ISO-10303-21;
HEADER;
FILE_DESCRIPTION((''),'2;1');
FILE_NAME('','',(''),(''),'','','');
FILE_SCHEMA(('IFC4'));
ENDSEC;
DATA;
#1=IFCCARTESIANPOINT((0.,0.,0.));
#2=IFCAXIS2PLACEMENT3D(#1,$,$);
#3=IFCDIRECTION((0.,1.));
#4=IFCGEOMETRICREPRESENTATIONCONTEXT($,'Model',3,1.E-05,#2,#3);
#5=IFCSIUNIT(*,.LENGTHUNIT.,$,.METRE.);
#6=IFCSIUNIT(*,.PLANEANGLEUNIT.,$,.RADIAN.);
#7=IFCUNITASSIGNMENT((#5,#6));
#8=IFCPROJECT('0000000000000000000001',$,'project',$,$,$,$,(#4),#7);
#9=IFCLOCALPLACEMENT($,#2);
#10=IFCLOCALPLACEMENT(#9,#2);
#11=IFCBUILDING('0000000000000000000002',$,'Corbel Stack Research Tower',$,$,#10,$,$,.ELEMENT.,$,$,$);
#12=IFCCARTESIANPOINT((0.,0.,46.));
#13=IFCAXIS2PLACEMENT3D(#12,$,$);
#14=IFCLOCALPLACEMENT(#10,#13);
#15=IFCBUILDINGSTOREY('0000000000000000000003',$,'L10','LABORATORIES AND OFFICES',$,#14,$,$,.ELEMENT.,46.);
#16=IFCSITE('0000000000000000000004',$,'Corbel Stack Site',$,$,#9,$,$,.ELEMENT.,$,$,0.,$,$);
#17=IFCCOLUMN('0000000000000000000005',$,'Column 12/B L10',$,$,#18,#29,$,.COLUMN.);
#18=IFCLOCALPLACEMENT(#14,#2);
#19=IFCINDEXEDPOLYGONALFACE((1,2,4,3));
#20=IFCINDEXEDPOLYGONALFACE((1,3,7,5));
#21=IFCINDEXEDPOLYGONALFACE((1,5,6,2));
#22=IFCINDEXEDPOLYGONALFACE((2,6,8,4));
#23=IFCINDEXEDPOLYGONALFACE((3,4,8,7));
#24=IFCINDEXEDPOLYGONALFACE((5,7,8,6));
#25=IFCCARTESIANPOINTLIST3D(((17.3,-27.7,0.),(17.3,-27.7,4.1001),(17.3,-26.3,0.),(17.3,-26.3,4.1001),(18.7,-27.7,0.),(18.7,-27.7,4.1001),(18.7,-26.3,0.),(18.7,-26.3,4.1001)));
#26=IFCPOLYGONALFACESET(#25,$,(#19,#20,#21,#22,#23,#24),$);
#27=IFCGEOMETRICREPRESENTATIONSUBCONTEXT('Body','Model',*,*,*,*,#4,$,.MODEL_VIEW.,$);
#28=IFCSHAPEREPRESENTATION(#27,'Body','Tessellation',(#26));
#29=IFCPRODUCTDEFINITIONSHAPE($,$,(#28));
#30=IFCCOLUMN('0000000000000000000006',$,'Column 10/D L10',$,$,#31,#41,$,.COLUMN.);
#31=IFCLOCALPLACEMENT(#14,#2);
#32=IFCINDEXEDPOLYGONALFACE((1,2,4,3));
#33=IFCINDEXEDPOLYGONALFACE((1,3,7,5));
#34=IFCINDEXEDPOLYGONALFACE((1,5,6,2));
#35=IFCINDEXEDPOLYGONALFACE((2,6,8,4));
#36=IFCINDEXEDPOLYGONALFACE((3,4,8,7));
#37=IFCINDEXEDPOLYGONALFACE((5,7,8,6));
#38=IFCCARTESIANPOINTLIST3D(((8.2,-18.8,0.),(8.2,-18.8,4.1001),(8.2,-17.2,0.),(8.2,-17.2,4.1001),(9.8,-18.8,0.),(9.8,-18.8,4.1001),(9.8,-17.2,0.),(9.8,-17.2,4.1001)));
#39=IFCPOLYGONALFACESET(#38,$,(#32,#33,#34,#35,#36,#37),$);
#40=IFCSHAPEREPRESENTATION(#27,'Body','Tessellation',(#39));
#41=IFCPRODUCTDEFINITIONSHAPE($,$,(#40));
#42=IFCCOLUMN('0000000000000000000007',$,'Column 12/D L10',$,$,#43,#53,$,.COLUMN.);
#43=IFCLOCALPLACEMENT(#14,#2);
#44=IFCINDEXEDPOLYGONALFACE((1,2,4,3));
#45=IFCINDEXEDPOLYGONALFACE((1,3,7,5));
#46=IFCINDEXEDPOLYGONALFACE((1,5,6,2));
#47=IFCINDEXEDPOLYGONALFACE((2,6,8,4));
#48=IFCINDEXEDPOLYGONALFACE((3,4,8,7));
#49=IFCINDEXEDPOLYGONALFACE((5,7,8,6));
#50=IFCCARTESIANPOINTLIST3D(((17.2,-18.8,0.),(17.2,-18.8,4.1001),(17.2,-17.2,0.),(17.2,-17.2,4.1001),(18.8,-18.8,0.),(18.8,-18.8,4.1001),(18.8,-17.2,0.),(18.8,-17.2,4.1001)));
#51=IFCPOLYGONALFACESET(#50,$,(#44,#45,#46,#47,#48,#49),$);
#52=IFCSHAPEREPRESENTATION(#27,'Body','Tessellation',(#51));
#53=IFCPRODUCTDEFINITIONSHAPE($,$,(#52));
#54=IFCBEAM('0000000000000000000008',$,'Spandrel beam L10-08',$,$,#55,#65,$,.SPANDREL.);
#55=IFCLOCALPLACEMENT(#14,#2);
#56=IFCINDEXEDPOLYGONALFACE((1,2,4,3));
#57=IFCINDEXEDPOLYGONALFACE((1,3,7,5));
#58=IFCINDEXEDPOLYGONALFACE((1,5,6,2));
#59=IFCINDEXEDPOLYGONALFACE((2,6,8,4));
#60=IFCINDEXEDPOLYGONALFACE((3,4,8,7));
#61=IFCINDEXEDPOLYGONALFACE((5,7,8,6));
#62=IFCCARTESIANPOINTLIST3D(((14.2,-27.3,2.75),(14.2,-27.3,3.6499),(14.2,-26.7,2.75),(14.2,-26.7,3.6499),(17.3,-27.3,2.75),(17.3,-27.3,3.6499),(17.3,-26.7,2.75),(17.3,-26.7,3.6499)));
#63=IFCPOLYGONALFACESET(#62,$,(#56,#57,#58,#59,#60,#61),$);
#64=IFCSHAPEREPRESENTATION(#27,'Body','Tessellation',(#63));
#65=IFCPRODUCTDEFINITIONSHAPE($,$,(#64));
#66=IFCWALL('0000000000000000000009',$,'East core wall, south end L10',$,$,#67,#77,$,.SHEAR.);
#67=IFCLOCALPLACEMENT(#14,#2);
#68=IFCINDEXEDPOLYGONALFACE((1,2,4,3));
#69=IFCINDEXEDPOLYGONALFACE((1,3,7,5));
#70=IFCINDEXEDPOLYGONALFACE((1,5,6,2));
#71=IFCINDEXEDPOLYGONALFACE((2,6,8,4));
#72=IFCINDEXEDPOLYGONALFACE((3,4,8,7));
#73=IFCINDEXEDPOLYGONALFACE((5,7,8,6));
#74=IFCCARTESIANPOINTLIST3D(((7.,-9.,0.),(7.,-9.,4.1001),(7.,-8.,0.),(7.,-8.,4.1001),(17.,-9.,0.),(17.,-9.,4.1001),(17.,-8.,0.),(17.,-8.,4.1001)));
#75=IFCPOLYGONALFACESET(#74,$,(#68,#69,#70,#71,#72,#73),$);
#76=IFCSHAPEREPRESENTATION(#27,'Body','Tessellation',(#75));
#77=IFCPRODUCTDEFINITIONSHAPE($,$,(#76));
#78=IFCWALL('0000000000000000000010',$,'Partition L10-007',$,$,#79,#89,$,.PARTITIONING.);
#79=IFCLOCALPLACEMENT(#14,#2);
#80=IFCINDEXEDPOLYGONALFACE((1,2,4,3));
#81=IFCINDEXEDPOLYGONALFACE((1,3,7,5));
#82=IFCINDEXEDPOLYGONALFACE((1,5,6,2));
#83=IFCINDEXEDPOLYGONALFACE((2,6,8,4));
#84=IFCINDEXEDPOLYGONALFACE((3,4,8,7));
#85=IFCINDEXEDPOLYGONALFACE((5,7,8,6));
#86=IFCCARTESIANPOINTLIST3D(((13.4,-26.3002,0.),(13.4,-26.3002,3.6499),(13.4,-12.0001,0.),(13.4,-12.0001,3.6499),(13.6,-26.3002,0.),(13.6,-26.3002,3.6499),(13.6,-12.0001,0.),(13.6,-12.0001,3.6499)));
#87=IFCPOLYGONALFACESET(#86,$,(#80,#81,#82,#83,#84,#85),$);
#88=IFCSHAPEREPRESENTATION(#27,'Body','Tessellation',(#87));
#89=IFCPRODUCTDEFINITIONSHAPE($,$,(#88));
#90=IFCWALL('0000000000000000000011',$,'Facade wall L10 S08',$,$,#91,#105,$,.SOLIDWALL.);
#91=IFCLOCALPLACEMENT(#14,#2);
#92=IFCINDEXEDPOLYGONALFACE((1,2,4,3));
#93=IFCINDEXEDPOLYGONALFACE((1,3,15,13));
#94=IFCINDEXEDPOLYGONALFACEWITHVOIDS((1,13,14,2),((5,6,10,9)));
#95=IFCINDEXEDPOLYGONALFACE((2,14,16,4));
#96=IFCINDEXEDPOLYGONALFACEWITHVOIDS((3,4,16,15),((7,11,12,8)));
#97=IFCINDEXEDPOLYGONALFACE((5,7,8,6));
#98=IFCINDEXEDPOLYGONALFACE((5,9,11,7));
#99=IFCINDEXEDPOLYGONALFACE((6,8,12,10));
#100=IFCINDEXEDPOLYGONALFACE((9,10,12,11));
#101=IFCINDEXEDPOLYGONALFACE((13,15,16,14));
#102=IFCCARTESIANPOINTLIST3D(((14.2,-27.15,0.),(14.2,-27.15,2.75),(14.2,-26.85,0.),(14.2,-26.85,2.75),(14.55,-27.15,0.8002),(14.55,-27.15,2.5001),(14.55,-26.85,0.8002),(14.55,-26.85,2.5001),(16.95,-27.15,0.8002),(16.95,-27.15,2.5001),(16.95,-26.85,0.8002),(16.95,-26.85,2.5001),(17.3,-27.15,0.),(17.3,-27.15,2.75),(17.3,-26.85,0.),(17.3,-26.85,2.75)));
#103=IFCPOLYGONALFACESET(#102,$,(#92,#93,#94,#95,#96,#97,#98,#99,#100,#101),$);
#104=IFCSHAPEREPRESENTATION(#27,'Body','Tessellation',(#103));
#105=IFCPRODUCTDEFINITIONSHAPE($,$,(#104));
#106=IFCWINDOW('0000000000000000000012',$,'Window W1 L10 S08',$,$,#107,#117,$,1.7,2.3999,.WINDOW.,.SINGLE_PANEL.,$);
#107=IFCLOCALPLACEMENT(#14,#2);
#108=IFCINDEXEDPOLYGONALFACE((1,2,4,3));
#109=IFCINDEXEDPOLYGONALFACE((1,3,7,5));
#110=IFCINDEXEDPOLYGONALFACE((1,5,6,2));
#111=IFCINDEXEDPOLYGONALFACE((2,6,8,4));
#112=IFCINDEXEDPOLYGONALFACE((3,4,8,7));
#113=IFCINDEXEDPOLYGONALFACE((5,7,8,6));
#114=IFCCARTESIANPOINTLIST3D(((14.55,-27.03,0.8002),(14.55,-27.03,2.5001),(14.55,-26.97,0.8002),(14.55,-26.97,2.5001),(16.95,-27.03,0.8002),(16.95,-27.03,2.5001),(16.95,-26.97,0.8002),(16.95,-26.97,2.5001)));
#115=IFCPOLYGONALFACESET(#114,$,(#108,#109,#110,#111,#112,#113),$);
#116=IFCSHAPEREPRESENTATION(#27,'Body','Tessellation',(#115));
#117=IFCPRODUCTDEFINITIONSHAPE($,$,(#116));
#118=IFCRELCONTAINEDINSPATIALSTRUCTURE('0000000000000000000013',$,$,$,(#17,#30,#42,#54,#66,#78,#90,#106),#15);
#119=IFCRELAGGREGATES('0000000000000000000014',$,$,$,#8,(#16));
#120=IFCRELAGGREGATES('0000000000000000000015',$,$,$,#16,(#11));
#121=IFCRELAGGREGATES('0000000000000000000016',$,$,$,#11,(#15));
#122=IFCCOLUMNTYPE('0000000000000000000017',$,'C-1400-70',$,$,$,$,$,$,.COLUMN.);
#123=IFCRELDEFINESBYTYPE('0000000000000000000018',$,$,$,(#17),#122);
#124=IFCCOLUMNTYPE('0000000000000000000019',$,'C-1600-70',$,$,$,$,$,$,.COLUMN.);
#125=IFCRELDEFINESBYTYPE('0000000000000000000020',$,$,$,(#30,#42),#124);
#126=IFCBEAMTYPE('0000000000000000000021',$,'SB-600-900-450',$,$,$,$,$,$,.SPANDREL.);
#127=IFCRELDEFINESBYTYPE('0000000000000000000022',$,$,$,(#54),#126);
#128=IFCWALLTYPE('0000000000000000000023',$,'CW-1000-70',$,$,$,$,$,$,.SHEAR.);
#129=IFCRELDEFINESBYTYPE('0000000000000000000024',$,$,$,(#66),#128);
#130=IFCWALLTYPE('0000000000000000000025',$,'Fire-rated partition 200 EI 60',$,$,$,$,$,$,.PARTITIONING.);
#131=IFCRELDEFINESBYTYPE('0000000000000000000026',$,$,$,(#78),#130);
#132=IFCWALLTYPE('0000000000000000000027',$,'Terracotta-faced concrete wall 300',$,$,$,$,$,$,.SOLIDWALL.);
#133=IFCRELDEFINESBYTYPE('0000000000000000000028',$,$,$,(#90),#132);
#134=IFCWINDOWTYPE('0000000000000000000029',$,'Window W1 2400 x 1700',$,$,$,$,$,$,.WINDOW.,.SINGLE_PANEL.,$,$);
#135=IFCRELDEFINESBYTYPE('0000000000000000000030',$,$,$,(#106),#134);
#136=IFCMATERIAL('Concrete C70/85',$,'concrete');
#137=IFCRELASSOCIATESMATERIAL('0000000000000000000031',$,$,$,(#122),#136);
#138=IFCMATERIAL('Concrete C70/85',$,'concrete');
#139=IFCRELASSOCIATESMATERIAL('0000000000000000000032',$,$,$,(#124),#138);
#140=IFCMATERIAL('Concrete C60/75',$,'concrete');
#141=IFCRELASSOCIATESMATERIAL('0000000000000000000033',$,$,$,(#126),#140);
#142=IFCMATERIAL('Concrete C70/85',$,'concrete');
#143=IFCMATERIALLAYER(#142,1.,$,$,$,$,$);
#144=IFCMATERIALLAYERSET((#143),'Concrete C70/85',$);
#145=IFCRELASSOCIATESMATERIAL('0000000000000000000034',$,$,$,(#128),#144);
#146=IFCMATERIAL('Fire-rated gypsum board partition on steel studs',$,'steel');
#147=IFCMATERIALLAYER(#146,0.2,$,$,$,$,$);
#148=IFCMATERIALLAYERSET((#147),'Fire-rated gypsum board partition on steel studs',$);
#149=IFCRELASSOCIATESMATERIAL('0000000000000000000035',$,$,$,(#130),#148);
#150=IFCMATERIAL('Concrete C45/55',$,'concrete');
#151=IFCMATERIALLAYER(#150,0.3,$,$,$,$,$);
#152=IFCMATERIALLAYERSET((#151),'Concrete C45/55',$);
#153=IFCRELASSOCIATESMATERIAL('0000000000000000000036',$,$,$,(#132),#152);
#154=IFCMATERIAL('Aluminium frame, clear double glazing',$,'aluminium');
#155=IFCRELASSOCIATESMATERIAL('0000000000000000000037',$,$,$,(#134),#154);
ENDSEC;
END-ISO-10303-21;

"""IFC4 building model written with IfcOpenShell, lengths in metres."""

from ifc_helpers import new_model, si_unit, direction, frame, frame_2d, origin, origin_2d, place, context, subcontext, project, spatial, rectangle, extrude, material, layer, layer_set, material_profile, profile_set, type_object, element, fill, save


model = new_model("IFC4")

# Units and contexts
model_context = context("Model", 3, precision=1e-05, world=origin(), true_north=direction((0.0, 1.0)))
body_context = subcontext(model_context, "Body", "Model", "MODEL_VIEW")
ifc_project = project(units=[si_unit("LENGTHUNIT", "METRE"), si_unit("PLANEANGLEUNIT", "RADIAN")], contexts=[model_context])

# Site, building, storey
site_placement = place(None, origin())
site = spatial("IfcSite", under=ifc_project, at=site_placement, Name="Corbel Stack Site", CompositionType="ELEMENT", RefElevation=0.0)
building_placement = place(site_placement, origin())
building = spatial("IfcBuilding", under=site, at=building_placement, Name="Corbel Stack Research Tower", CompositionType="ELEMENT")
storey_placement = place(building_placement, frame((0.0, 0.0, 46.0)))
storey = spatial("IfcBuildingStorey", under=building, at=storey_placement, Name="L10", Description="LABORATORIES AND OFFICES", CompositionType="ELEMENT", Elevation=46.0)

# Columns
ifc_material_1 = material(Name="Concrete C70/85", Category="concrete")
ifc_material_profile_1 = material_profile(ifc_material_1, rectangle(XDim=1.3999, YDim=1.3999, at=origin_2d()), Name="RC 1400 x 1400")
ifc_profile_set_1 = profile_set([ifc_material_profile_1], Name="Concrete C70/85")
column_type_1 = type_object("IfcColumnType", Name="C-1400-70", PredefinedType="COLUMN", material=ifc_profile_set_1)
column_placement = place(storey_placement, frame((18.0, -27.0, 0.0), z_axis=(0.0, 0.0, 1.0), x_axis=(1.0, 0.0, 0.0)))
element("IfcColumn", 1, at=column_placement, inside=storey, type_object=column_type_1, Name="Column 12/B L10", PredefinedType="COLUMN", context=body_context, shape_type="SweptSolid", body=[
    extrude(rectangle(XDim=1.3999, YDim=1.3999, at=origin_2d()), origin(), (0.0, 0.0, 1.0), 4.1001),
])
ifc_material_2 = material(Name="Concrete C70/85", Category="concrete")
ifc_material_profile_2 = material_profile(ifc_material_2, rectangle(XDim=1.6001, YDim=1.6001, at=origin_2d()), Name="RC 1600 x 1600")
ifc_profile_set_2 = profile_set([ifc_material_profile_2], Name="Concrete C70/85")
column_type_2 = type_object("IfcColumnType", Name="C-1600-70", PredefinedType="COLUMN", material=ifc_profile_set_2)
for number, where, z_axis, x_axis, name in (
    (2, (9.0, -18.0, 0.0), (0.0, 0.0, 1.0), (1.0, 0.0, 0.0), "Column 10/D L10"),
    (3, (18.0, -18.0, 0.0), (0.0, 0.0, 1.0), (1.0, 0.0, 0.0), "Column 12/D L10"),
):
    element("IfcColumn", number, at=place(storey_placement, frame(where, z_axis=z_axis, x_axis=x_axis)), inside=storey, type_object=column_type_2, Name=name, PredefinedType="COLUMN", context=body_context, shape_type="SweptSolid", body=[
        extrude(rectangle(XDim=1.6001, YDim=1.6001, at=origin_2d()), origin(), (0.0, 0.0, 1.0), 4.1001),
    ])

# Beam
ifc_material_3 = material(Name="Concrete C60/75", Category="concrete")
ifc_material_profile_3 = material_profile(ifc_material_3, rectangle(XDim=0.6001, YDim=0.8999, at=origin_2d()), Name="RC 600 x 900")
ifc_profile_set_3 = profile_set([ifc_material_profile_3], Name="Concrete C60/75")
beam_type = type_object("IfcBeamType", Name="SB-600-900-450", PredefinedType="SPANDREL", material=ifc_profile_set_3)
beam_placement = place(storey_placement, frame((14.2, -27.0, 3.2), z_axis=(1.0, 0.0, 0.0), x_axis=(0.0, 1.0, 0.0)))
element("IfcBeam", 4, at=beam_placement, inside=storey, type_object=beam_type, Name="Spandrel beam L10-08", PredefinedType="SPANDREL", context=body_context, shape_type="SweptSolid", body=[
    extrude(rectangle(XDim=0.6001, YDim=0.8999, at=origin_2d()), origin(), (0.0, 0.0, 1.0), 3.1001),
])

# Shared definitions
ifc_material_4 = material(Name="Concrete C70/85", Category="concrete")
ifc_layer_1 = layer(ifc_material_4, 1.0)
ifc_layer_set_1 = layer_set([ifc_layer_1], Name="Concrete C70/85")
wall_type_1 = type_object("IfcWallType", Name="CW-1000-70", PredefinedType="SHEAR", material=ifc_layer_set_1)

# Walls
wall_1_placement = place(storey_placement, frame((7.0, -8.5, 0.0), z_axis=(0.0, 0.0, 1.0), x_axis=(1.0, 0.0, 0.0)))
element("IfcWall", 5, at=wall_1_placement, inside=storey, type_object=wall_type_1, Name="East core wall, south end L10", PredefinedType="SHEAR", context=body_context, shape_type="SweptSolid", body=[
    extrude(rectangle(XDim=10.0, YDim=1.0, at=frame_2d((5.0, 0.0))), origin(), (0.0, 0.0, 1.0), 4.1001),
])
ifc_material_5 = material(Name="Fire-rated gypsum board partition on steel studs", Category="steel")
ifc_layer_2 = layer(ifc_material_5, 0.2)
ifc_layer_set_2 = layer_set([ifc_layer_2], Name="Fire-rated gypsum board partition on steel studs")
wall_type_2 = type_object("IfcWallType", Name="Fire-rated partition 200 EI 60", PredefinedType="PARTITIONING", material=ifc_layer_set_2)
wall_2_placement = place(storey_placement, frame((13.5, -26.3, 0.0), z_axis=(0.0, 0.0, 1.0), x_axis=(0.0, 1.0, 0.0)))
element("IfcWall", 6, at=wall_2_placement, inside=storey, type_object=wall_type_2, Name="Partition L10-007", PredefinedType="PARTITIONING", context=body_context, shape_type="SweptSolid", body=[
    extrude(rectangle(XDim=14.3, YDim=0.2, at=frame_2d((7.1499, 0.0))), origin(), (0.0, 0.0, 1.0), 3.6499),
])

# Wall, opening, window
ifc_material_6 = material(Name="Concrete C45/55", Category="concrete")
ifc_layer_3 = layer(ifc_material_6, 0.3)
ifc_layer_set_3 = layer_set([ifc_layer_3], Name="Concrete C45/55")
wall_type_3 = type_object("IfcWallType", Name="Terracotta-faced concrete wall 300", PredefinedType="SOLIDWALL", material=ifc_layer_set_3)
wall_3_placement = place(storey_placement, frame((17.3, -27.0, 0.0), z_axis=(0.0, 0.0, 1.0), x_axis=(-1.0, 0.0, 0.0)))
wall_3 = element("IfcWall", 7, at=wall_3_placement, inside=storey, type_object=wall_type_3, Name="Facade wall L10 S08", PredefinedType="SOLIDWALL", context=body_context, shape_type="SweptSolid", body=[
    extrude(rectangle(XDim=3.1001, YDim=0.3, at=frame_2d((1.55, 0.0))), origin(), (0.0, 0.0, 1.0), 2.75),
])
opening_1_placement = place(wall_3_placement, frame((0.3501, 0.0, 0.8)))
opening_1 = element("IfcOpeningElement", 8, at=opening_1_placement, cuts=wall_3, PredefinedType="OPENING", context=body_context, shape_type="SweptSolid", body=[
    extrude(rectangle(XDim=2.3999, YDim=1.7, at=frame_2d((1.2, 0.8501))), frame((0.0, 0.1599, 0.0), z_axis=(0.0, -1.0, 0.0), x_axis=(1.0, 0.0, 0.0)), (0.0, 0.0, 1.0), 0.3201),
])
ifc_material_7 = material(Name="Aluminium frame, clear double glazing", Category="aluminium")
window_type = type_object("IfcWindowType", Name="Window W1 2400 x 1700", PartitioningType="SINGLE_PANEL", PredefinedType="WINDOW", material=ifc_material_7)
window_placement = place(opening_1_placement, origin())
window = element("IfcWindow", 9, at=window_placement, inside=storey, type_object=window_type, Name="Window W1 L10 S08", OverallHeight=1.7, OverallWidth=2.3999, PartitioningType="SINGLE_PANEL", PredefinedType="WINDOW", context=body_context, shape_type="SweptSolid", body=[
    extrude(rectangle(XDim=2.3999, YDim=1.7, at=frame_2d((1.2, 0.8501))), frame((0.0, 0.03, 0.0), z_axis=(0.0, -1.0, 0.0), x_axis=(1.0, 0.0, 0.0)), (0.0, 0.0, 1.0), 0.0601),
])
fill(opening_1, window)

save(model, "model.ifc")
